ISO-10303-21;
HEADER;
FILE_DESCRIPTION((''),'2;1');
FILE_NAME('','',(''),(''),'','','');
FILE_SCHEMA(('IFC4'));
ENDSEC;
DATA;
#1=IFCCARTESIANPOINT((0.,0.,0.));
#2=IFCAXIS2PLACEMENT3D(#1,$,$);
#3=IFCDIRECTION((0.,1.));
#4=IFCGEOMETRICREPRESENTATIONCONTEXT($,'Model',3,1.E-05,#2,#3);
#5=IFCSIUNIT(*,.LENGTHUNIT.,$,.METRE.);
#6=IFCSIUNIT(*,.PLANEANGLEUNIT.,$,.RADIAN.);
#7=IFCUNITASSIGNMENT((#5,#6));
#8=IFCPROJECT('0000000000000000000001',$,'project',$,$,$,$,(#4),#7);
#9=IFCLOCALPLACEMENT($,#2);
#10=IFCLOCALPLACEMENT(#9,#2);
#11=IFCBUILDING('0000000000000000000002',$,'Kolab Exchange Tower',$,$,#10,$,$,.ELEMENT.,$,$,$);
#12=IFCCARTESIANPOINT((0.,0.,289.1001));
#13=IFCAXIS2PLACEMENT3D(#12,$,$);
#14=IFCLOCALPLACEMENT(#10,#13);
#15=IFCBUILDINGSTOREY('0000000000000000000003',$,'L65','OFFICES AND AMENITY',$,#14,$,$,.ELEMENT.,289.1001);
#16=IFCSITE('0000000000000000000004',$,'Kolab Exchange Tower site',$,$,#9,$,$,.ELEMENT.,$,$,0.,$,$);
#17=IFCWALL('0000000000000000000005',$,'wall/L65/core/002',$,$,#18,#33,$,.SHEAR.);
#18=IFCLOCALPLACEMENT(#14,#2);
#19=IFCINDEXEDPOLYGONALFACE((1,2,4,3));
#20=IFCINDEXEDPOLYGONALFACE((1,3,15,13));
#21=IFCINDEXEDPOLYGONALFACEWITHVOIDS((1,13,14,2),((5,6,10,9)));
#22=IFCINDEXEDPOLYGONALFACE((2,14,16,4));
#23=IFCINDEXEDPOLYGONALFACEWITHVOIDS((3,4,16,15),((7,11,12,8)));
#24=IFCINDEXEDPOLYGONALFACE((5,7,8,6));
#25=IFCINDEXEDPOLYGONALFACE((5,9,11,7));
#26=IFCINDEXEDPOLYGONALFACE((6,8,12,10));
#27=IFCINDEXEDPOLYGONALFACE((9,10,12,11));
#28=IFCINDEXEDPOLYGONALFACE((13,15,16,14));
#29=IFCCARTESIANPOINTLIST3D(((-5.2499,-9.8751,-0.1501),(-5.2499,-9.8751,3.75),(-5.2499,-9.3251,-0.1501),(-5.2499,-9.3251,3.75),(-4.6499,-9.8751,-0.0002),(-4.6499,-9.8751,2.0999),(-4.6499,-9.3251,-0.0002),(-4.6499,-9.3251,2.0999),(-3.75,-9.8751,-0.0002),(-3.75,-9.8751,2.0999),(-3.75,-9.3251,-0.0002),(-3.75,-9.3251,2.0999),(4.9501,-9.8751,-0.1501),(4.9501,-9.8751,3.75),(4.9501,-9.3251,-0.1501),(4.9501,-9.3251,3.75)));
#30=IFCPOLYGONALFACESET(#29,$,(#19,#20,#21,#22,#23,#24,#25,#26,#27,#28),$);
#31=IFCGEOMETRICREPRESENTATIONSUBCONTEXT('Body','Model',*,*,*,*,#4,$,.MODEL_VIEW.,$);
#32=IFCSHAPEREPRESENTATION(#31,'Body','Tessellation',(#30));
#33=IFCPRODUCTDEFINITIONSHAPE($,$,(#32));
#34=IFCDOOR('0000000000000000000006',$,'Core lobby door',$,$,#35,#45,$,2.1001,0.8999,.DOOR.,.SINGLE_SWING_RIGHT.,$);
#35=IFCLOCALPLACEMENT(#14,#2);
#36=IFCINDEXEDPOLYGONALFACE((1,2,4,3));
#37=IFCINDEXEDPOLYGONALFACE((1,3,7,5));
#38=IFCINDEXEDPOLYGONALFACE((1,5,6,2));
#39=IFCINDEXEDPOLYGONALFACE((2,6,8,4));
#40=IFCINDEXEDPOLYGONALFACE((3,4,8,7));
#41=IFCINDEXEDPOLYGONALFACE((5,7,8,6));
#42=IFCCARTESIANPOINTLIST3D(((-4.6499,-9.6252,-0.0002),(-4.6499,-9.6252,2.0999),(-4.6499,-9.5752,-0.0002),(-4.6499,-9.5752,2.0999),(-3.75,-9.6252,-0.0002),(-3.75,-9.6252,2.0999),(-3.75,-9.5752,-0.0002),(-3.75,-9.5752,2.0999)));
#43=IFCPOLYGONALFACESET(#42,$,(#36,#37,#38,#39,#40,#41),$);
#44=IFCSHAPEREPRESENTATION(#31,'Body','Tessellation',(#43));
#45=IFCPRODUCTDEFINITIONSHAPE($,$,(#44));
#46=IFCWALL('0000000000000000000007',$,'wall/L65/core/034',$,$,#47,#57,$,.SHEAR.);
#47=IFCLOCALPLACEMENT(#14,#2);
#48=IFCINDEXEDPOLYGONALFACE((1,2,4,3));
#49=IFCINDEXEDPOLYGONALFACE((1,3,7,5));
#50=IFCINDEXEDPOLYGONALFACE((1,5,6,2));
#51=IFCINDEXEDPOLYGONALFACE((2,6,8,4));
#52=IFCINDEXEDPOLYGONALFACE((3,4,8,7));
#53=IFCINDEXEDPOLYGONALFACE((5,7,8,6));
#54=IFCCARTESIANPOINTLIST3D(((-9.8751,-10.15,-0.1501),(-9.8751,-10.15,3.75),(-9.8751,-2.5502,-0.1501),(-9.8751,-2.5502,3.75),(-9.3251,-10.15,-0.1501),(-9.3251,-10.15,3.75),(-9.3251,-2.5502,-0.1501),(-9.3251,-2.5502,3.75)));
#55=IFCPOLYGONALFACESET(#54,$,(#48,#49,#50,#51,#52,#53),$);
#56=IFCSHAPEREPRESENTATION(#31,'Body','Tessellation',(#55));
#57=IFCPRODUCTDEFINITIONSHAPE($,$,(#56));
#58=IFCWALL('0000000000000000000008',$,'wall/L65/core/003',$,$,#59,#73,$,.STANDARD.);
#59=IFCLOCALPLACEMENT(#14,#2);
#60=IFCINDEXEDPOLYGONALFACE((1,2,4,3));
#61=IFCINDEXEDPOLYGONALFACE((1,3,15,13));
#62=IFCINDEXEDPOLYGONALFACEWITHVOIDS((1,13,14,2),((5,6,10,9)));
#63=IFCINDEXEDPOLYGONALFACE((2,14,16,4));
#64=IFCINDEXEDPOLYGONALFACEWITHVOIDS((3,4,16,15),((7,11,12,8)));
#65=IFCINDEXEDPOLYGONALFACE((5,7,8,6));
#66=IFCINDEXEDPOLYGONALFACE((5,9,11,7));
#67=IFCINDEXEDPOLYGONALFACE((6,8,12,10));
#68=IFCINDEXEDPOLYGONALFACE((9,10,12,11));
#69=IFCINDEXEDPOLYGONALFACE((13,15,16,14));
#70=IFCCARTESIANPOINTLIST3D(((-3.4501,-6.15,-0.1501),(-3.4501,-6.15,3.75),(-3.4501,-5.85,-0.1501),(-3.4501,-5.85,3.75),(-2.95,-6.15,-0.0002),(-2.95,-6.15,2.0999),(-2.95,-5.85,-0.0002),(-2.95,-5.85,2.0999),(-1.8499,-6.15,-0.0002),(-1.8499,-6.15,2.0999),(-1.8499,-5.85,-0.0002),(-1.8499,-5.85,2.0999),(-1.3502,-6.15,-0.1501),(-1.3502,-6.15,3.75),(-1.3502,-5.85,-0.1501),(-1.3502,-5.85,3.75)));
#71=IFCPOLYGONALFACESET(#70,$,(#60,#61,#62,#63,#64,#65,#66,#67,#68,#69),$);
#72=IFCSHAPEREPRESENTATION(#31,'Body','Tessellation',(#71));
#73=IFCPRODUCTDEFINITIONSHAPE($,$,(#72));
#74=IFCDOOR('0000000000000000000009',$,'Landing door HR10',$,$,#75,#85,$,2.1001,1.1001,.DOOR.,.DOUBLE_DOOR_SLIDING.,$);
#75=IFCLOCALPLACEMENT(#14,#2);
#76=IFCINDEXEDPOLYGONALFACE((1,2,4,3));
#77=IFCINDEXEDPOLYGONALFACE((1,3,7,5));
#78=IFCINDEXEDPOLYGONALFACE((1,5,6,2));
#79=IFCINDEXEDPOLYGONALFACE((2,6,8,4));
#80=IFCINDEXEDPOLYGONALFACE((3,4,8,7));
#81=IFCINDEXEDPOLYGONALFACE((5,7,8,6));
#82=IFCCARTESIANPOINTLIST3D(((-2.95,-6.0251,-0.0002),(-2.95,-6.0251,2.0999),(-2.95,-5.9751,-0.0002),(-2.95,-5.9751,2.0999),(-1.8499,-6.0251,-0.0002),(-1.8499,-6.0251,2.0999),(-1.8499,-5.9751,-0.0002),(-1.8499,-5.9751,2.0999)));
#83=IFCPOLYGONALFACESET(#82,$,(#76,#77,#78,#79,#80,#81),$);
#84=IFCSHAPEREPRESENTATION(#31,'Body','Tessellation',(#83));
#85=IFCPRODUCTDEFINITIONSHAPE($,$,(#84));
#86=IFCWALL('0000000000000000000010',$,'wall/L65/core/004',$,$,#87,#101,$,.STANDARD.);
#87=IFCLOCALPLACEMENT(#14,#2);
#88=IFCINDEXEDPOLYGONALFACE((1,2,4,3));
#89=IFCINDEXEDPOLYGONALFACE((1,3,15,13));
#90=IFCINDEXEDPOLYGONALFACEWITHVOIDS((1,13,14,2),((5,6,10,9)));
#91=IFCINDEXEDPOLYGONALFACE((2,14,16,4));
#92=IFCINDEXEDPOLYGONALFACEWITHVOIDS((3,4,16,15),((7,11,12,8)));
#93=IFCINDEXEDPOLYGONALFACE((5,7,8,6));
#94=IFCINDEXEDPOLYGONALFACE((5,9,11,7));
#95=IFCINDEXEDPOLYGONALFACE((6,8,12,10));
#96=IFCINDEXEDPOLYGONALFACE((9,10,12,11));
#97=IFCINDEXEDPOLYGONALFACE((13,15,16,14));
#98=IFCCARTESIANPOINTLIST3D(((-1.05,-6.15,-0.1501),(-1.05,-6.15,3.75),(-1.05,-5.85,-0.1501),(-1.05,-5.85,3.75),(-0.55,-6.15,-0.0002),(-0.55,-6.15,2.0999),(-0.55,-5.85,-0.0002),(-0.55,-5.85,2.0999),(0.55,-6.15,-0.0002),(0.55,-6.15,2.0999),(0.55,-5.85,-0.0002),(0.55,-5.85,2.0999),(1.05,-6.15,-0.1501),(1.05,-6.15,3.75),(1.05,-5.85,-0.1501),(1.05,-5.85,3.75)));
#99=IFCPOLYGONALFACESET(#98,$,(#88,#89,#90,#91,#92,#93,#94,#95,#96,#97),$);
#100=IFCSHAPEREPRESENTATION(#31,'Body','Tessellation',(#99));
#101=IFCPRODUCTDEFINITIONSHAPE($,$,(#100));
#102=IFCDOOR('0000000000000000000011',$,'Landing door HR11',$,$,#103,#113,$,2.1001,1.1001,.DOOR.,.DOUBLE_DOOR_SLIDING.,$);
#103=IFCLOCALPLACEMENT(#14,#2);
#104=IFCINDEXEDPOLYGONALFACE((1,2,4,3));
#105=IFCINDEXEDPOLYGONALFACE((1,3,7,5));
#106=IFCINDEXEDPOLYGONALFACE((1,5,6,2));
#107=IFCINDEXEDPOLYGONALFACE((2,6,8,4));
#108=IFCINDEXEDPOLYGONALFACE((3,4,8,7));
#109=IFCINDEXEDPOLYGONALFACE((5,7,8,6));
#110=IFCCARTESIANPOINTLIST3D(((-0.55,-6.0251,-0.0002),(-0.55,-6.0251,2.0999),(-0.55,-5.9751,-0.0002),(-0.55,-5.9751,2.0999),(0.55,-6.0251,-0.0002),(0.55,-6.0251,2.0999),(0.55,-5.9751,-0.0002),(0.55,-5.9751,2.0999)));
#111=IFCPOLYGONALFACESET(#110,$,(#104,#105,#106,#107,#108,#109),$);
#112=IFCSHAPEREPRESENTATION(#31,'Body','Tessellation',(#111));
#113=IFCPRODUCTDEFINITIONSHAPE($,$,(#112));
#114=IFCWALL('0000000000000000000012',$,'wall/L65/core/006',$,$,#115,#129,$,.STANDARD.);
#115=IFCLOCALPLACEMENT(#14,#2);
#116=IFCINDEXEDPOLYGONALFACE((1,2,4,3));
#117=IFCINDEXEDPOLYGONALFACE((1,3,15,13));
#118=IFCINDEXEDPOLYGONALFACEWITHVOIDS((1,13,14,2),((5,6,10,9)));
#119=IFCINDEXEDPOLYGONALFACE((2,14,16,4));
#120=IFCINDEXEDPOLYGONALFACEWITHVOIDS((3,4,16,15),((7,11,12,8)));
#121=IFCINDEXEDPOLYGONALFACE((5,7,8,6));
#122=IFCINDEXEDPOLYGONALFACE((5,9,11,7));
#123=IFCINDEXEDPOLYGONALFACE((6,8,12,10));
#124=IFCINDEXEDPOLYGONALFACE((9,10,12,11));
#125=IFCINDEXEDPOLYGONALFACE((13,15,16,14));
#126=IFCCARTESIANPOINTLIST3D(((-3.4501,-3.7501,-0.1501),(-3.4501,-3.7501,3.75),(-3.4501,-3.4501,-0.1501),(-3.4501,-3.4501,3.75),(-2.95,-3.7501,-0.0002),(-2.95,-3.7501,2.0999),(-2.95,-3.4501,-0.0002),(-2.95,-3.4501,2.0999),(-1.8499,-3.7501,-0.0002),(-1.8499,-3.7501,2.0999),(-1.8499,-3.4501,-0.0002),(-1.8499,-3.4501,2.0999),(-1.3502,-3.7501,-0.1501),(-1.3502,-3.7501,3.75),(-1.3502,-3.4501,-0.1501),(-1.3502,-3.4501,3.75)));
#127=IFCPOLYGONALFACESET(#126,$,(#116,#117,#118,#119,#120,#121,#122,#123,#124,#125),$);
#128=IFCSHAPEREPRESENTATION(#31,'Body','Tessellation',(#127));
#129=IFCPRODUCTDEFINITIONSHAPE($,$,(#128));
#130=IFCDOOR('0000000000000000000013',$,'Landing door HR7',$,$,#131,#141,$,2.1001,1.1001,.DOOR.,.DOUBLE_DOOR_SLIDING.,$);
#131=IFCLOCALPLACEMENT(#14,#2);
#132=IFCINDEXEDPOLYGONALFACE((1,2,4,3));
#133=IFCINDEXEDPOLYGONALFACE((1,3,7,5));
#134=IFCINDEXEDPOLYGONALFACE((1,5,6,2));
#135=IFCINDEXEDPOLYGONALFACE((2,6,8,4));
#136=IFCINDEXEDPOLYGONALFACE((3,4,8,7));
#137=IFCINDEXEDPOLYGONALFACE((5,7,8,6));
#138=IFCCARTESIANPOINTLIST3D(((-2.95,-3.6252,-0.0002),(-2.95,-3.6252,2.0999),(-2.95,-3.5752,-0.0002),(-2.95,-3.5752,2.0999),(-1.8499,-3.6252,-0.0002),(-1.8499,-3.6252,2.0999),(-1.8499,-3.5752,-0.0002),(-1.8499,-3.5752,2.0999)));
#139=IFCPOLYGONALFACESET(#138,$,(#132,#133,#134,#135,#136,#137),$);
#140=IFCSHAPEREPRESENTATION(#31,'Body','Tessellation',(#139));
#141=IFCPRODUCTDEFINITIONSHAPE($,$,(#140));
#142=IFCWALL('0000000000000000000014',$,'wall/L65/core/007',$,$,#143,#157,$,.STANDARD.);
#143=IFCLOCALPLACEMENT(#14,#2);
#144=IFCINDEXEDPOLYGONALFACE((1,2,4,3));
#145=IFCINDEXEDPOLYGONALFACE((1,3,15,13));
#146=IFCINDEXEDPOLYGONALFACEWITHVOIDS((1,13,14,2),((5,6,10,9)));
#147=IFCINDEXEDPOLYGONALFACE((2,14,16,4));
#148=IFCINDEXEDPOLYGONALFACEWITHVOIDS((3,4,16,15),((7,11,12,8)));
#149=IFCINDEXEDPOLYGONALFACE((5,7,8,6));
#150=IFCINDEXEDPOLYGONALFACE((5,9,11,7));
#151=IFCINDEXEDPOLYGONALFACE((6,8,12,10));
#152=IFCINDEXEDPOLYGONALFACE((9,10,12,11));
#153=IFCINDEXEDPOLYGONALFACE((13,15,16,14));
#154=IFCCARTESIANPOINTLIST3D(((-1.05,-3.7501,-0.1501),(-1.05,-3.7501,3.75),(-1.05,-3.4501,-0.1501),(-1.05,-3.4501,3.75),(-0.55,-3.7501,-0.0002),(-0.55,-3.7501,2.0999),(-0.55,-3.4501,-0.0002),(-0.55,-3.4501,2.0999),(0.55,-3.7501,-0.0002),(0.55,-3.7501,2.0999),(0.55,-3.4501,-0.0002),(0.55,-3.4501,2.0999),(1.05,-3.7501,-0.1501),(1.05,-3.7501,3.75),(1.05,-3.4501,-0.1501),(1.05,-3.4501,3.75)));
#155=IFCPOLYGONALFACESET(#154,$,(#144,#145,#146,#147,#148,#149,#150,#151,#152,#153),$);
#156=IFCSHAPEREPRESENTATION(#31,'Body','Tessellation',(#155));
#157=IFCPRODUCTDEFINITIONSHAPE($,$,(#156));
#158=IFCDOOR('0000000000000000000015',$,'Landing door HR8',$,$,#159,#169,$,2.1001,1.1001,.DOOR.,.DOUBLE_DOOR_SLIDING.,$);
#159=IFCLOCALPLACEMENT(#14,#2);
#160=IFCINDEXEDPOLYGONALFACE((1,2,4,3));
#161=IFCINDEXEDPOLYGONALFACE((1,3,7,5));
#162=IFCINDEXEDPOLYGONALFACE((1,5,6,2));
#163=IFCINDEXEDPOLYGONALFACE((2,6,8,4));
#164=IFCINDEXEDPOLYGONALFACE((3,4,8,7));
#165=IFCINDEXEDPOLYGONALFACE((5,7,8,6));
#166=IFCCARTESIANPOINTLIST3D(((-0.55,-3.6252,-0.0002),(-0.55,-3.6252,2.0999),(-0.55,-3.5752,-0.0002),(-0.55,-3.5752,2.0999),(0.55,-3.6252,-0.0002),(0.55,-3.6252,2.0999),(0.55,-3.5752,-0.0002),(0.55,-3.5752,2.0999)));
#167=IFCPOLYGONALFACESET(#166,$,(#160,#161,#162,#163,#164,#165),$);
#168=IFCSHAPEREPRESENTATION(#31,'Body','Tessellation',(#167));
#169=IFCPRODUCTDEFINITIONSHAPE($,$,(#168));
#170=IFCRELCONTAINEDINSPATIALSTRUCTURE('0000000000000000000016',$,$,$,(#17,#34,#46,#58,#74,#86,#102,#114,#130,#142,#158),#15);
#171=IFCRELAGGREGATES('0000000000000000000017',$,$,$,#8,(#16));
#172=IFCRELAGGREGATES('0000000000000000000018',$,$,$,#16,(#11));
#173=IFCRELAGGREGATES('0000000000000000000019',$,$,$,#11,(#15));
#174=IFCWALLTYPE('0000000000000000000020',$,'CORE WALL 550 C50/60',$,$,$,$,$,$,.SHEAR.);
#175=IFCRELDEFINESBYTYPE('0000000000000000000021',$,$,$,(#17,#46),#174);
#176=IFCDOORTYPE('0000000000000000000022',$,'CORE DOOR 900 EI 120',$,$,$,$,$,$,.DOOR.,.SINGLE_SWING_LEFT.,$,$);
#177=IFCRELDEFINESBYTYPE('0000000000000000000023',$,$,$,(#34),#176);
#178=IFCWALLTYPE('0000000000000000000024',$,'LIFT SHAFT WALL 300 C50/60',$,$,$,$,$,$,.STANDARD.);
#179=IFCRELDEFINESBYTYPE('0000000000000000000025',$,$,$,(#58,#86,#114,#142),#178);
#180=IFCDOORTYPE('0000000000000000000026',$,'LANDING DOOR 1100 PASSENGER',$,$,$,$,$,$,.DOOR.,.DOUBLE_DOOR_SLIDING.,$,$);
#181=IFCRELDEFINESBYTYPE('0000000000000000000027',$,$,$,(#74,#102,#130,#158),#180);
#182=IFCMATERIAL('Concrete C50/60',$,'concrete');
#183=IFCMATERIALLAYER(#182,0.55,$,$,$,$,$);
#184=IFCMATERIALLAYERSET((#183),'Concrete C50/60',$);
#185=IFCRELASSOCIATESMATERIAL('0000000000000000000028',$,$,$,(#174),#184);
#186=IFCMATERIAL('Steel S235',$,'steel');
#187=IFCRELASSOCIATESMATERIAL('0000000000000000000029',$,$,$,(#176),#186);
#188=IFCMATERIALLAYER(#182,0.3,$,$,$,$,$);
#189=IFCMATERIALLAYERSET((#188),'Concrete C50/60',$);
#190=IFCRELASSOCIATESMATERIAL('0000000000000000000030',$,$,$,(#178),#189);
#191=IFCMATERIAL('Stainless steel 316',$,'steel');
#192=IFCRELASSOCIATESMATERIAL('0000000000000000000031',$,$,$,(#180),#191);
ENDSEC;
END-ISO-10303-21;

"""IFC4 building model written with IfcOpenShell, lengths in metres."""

from ifc_helpers import new_model, si_unit, direction, frame, frame_2d, origin, place, context, subcontext, project, spatial, rectangle, extrude, material, layer, layer_set, type_object, element, fill, save


model = new_model("IFC4")

# Units and contexts
model_context = context("Model", 3, precision=1e-05, world=origin(), true_north=direction((0.0, 1.0)))
body_context = subcontext(model_context, "Body", "Model", "MODEL_VIEW")
ifc_project = project(units=[si_unit("LENGTHUNIT", "METRE"), si_unit("PLANEANGLEUNIT", "RADIAN")], contexts=[model_context])

# Site, building, storey
site_placement = place(None, origin())
site = spatial("IfcSite", under=ifc_project, at=site_placement, Name="Kolab Exchange Tower site", CompositionType="ELEMENT", RefElevation=0.0)
building_placement = place(site_placement, origin())
building = spatial("IfcBuilding", under=site, at=building_placement, Name="Kolab Exchange Tower", CompositionType="ELEMENT")
storey_placement = place(building_placement, frame((0.0, 0.0, 289.1001)))
storey = spatial("IfcBuildingStorey", under=building, at=storey_placement, Name="L65", Description="OFFICES AND AMENITY", CompositionType="ELEMENT", Elevation=289.1001)

# Wall, opening, door
ifc_material_1 = material(Name="Concrete C50/60", Category="concrete")
ifc_layer_1 = layer(ifc_material_1, 0.55)
ifc_layer_set_1 = layer_set([ifc_layer_1], Name="Concrete C50/60")
wall_type_1 = type_object("IfcWallType", Name="CORE WALL 550 C50/60", PredefinedType="SHEAR", material=ifc_layer_set_1)
wall_1_placement = place(storey_placement, frame((-5.25, -9.6001, -0.1501), z_axis=(0.0, 0.0, 1.0), x_axis=(1.0, 0.0, 0.0)))
wall_1 = element("IfcWall", 1, at=wall_1_placement, inside=storey, type_object=wall_type_1, Name="wall/L65/core/002", PredefinedType="SHEAR", context=body_context, shape_type="SweptSolid", body=[
    extrude(rectangle(XDim=10.2, YDim=0.55, at=frame_2d((5.1001, 0.0))), origin(), (0.0, 0.0, 1.0), 3.9001),
])
opening_1_placement = place(wall_1_placement, frame((0.6001, 0.0, 0.1499)))
opening_1 = element("IfcOpeningElement", 2, at=opening_1_placement, cuts=wall_1, PredefinedType="OPENING", context=body_context, shape_type="SweptSolid", body=[
    extrude(rectangle(XDim=0.8999, YDim=2.1001, at=frame_2d((0.45, 1.05))), frame((0.0, 0.2852, 0.0), z_axis=(0.0, -1.0, 0.0), x_axis=(1.0, 0.0, 0.0)), (0.0, 0.0, 1.0), 0.5701),
])
ifc_material_2 = material(Name="Steel S235", Category="steel")
door_type_1 = type_object("IfcDoorType", Name="CORE DOOR 900 EI 120", OperationType="SINGLE_SWING_LEFT", PredefinedType="DOOR", material=ifc_material_2)
door_1_placement = place(opening_1_placement, origin())
door_1 = element("IfcDoor", 3, at=door_1_placement, inside=storey, type_object=door_type_1, Name="Core lobby door", OperationType="SINGLE_SWING_RIGHT", OverallHeight=2.1001, OverallWidth=0.8999, PredefinedType="DOOR", context=body_context, shape_type="SweptSolid", body=[
    extrude(rectangle(XDim=0.8999, YDim=2.1001, at=frame_2d((0.45, 1.05))), frame((0.0, 0.0249, 0.0), z_axis=(0.0, -1.0, 0.0), x_axis=(1.0, 0.0, 0.0)), (0.0, 0.0, 1.0), 0.05),
])
fill(opening_1, door_1)

# Wall
wall_2_placement = place(storey_placement, frame((-9.6001, -10.1499, -0.1501), z_axis=(0.0, 0.0, 1.0), x_axis=(0.0, 1.0, 0.0)))
element("IfcWall", 4, at=wall_2_placement, inside=storey, type_object=wall_type_1, Name="wall/L65/core/034", PredefinedType="SHEAR", context=body_context, shape_type="SweptSolid", body=[
    extrude(rectangle(XDim=7.5999, YDim=0.55, at=frame_2d((3.7998, 0.0))), origin(), (0.0, 0.0, 1.0), 3.9001),
])

# Walls, openings, doors
ifc_layer_2 = layer(ifc_material_1, 0.3)
ifc_layer_set_2 = layer_set([ifc_layer_2], Name="Concrete C50/60")
wall_type_2 = type_object("IfcWallType", Name="LIFT SHAFT WALL 300 C50/60", PredefinedType="STANDARD", material=ifc_layer_set_2)
wall_3_placement = place(storey_placement, frame((-3.45, -6.0, -0.1501), z_axis=(0.0, 0.0, 1.0), x_axis=(1.0, 0.0, 0.0)))
wall_3 = element("IfcWall", 5, at=wall_3_placement, inside=storey, type_object=wall_type_2, Name="wall/L65/core/003", PredefinedType="STANDARD", context=body_context, shape_type="SweptSolid", body=[
    extrude(rectangle(XDim=2.0999, YDim=0.3, at=frame_2d((1.0498, 0.0))), origin(), (0.0, 0.0, 1.0), 3.9001),
])
opening_2_placement = place(wall_3_placement, frame((0.5, 0.0, 0.1499)))
opening_2 = element("IfcOpeningElement", 6, at=opening_2_placement, cuts=wall_3, PredefinedType="OPENING", context=body_context, shape_type="SweptSolid", body=[
    extrude(rectangle(XDim=1.1001, YDim=2.1001, at=frame_2d((0.55, 1.05))), frame((0.0, 0.1602, 0.0), z_axis=(0.0, -1.0, 0.0), x_axis=(1.0, 0.0, 0.0)), (0.0, 0.0, 1.0), 0.3201),
])
ifc_material_3 = material(Name="Stainless steel 316", Category="steel")
door_type_2 = type_object("IfcDoorType", Name="LANDING DOOR 1100 PASSENGER", OperationType="DOUBLE_DOOR_SLIDING", PredefinedType="DOOR", material=ifc_material_3)
door_2_placement = place(opening_2_placement, origin())
door_2 = element("IfcDoor", 7, at=door_2_placement, inside=storey, type_object=door_type_2, Name="Landing door HR10", OperationType="DOUBLE_DOOR_SLIDING", OverallHeight=2.1001, OverallWidth=1.1001, PredefinedType="DOOR", context=body_context, shape_type="SweptSolid", body=[
    extrude(rectangle(XDim=1.1001, YDim=2.1001, at=frame_2d((0.55, 1.05))), frame((0.0, 0.0249, 0.0), z_axis=(0.0, -1.0, 0.0), x_axis=(1.0, 0.0, 0.0)), (0.0, 0.0, 1.0), 0.05),
])
fill(opening_2, door_2)
wall_4_placement = place(storey_placement, frame((-1.05, -6.0, -0.1501), z_axis=(0.0, 0.0, 1.0), x_axis=(1.0, 0.0, 0.0)))
wall_4 = element("IfcWall", 8, at=wall_4_placement, inside=storey, type_object=wall_type_2, Name="wall/L65/core/004", PredefinedType="STANDARD", context=body_context, shape_type="SweptSolid", body=[
    extrude(rectangle(XDim=2.1001, YDim=0.3, at=frame_2d((1.05, 0.0))), origin(), (0.0, 0.0, 1.0), 3.9001),
])
opening_3_placement = place(wall_4_placement, frame((0.5, 0.0, 0.1499)))
opening_3 = element("IfcOpeningElement", 9, at=opening_3_placement, cuts=wall_4, PredefinedType="OPENING", context=body_context, shape_type="SweptSolid", body=[
    extrude(rectangle(XDim=1.1001, YDim=2.1001, at=frame_2d((0.55, 1.05))), frame((0.0, 0.1602, 0.0), z_axis=(0.0, -1.0, 0.0), x_axis=(1.0, 0.0, 0.0)), (0.0, 0.0, 1.0), 0.3201),
])
door_3_placement = place(opening_3_placement, origin())
door_3 = element("IfcDoor", 10, at=door_3_placement, inside=storey, type_object=door_type_2, Name="Landing door HR11", OperationType="DOUBLE_DOOR_SLIDING", OverallHeight=2.1001, OverallWidth=1.1001, PredefinedType="DOOR", context=body_context, shape_type="SweptSolid", body=[
    extrude(rectangle(XDim=1.1001, YDim=2.1001, at=frame_2d((0.55, 1.05))), frame((0.0, 0.0249, 0.0), z_axis=(0.0, -1.0, 0.0), x_axis=(1.0, 0.0, 0.0)), (0.0, 0.0, 1.0), 0.05),
])
fill(opening_3, door_3)
wall_5_placement = place(storey_placement, frame((-3.45, -3.6001, -0.1501), z_axis=(0.0, 0.0, 1.0), x_axis=(1.0, 0.0, 0.0)))
wall_5 = element("IfcWall", 11, at=wall_5_placement, inside=storey, type_object=wall_type_2, Name="wall/L65/core/006", PredefinedType="STANDARD", context=body_context, shape_type="SweptSolid", body=[
    extrude(rectangle(XDim=2.0999, YDim=0.3, at=frame_2d((1.0498, 0.0))), origin(), (0.0, 0.0, 1.0), 3.9001),
])
opening_4_placement = place(wall_5_placement, frame((0.5, 0.0, 0.1499)))
opening_4 = element("IfcOpeningElement", 12, at=opening_4_placement, cuts=wall_5, PredefinedType="OPENING", context=body_context, shape_type="SweptSolid", body=[
    extrude(rectangle(XDim=1.1001, YDim=2.1001, at=frame_2d((0.55, 1.05))), frame((0.0, 0.1602, 0.0), z_axis=(0.0, -1.0, 0.0), x_axis=(1.0, 0.0, 0.0)), (0.0, 0.0, 1.0), 0.3201),
])
door_4_placement = place(opening_4_placement, origin())
door_4 = element("IfcDoor", 13, at=door_4_placement, inside=storey, type_object=door_type_2, Name="Landing door HR7", OperationType="DOUBLE_DOOR_SLIDING", OverallHeight=2.1001, OverallWidth=1.1001, PredefinedType="DOOR", context=body_context, shape_type="SweptSolid", body=[
    extrude(rectangle(XDim=1.1001, YDim=2.1001, at=frame_2d((0.55, 1.05))), frame((0.0, 0.0249, 0.0), z_axis=(0.0, -1.0, 0.0), x_axis=(1.0, 0.0, 0.0)), (0.0, 0.0, 1.0), 0.05),
])
fill(opening_4, door_4)
wall_6_placement = place(storey_placement, frame((-1.05, -3.6001, -0.1501), z_axis=(0.0, 0.0, 1.0), x_axis=(1.0, 0.0, 0.0)))
wall_6 = element("IfcWall", 14, at=wall_6_placement, inside=storey, type_object=wall_type_2, Name="wall/L65/core/007", PredefinedType="STANDARD", context=body_context, shape_type="SweptSolid", body=[
    extrude(rectangle(XDim=2.1001, YDim=0.3, at=frame_2d((1.05, 0.0))), origin(), (0.0, 0.0, 1.0), 3.9001),
])
opening_5_placement = place(wall_6_placement, frame((0.5, 0.0, 0.1499)))
opening_5 = element("IfcOpeningElement", 15, at=opening_5_placement, cuts=wall_6, PredefinedType="OPENING", context=body_context, shape_type="SweptSolid", body=[
    extrude(rectangle(XDim=1.1001, YDim=2.1001, at=frame_2d((0.55, 1.05))), frame((0.0, 0.1602, 0.0), z_axis=(0.0, -1.0, 0.0), x_axis=(1.0, 0.0, 0.0)), (0.0, 0.0, 1.0), 0.3201),
])
door_5_placement = place(opening_5_placement, origin())
door_5 = element("IfcDoor", 16, at=door_5_placement, inside=storey, type_object=door_type_2, Name="Landing door HR8", OperationType="DOUBLE_DOOR_SLIDING", OverallHeight=2.1001, OverallWidth=1.1001, PredefinedType="DOOR", context=body_context, shape_type="SweptSolid", body=[
    extrude(rectangle(XDim=1.1001, YDim=2.1001, at=frame_2d((0.55, 1.05))), frame((0.0, 0.0249, 0.0), z_axis=(0.0, -1.0, 0.0), x_axis=(1.0, 0.0, 0.0)), (0.0, 0.0, 1.0), 0.05),
])
fill(opening_5, door_5)

save(model, "model.ifc")
